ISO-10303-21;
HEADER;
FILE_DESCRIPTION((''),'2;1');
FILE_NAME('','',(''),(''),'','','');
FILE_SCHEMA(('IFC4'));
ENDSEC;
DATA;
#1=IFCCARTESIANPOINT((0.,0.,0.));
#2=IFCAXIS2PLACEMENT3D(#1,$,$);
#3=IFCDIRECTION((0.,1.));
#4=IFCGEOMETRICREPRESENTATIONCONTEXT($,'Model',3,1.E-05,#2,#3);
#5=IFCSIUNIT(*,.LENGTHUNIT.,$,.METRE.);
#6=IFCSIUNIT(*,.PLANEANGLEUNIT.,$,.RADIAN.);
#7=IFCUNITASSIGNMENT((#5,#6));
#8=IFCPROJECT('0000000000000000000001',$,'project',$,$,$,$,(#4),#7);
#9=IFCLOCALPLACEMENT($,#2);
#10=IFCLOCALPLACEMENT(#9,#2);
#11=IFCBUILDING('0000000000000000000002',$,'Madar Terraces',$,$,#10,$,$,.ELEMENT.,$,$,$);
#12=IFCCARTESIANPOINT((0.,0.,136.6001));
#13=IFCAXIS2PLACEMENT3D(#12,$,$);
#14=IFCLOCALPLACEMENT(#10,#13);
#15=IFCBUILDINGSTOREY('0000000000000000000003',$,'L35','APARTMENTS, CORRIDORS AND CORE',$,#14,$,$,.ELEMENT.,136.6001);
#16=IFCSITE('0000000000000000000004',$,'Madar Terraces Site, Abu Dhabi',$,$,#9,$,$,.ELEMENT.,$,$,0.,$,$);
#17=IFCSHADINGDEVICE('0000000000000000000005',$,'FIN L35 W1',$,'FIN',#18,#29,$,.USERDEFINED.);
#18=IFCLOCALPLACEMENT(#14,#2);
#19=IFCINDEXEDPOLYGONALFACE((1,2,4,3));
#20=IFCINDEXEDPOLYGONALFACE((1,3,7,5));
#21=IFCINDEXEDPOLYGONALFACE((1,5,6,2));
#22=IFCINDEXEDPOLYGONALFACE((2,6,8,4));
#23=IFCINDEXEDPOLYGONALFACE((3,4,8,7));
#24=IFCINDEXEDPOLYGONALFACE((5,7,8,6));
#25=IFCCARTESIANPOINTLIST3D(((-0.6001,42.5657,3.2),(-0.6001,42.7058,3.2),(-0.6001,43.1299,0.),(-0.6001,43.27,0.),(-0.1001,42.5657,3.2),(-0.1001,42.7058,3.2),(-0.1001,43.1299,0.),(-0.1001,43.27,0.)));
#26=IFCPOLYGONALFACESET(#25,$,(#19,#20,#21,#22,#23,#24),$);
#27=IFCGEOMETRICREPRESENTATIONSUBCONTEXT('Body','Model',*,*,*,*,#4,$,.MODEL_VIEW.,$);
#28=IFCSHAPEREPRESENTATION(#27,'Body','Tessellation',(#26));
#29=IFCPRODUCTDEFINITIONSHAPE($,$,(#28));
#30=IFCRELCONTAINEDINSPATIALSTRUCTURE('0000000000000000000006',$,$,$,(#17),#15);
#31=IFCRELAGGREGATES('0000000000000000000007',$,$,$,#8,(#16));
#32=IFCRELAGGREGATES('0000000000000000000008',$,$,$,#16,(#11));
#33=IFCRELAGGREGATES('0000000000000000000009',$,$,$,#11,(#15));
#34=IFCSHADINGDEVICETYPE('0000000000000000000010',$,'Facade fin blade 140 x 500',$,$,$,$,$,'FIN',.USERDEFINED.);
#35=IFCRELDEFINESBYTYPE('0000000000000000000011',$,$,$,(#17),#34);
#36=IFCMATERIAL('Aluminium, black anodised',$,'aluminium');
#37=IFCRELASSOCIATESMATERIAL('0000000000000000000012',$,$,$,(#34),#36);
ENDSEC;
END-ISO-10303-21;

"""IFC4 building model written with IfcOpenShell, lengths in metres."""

from ifc_helpers import new_model, si_unit, direction, frame, origin, place, context, subcontext, project, spatial, polyline, outline, extrude, material, type_object, element, save


model = new_model("IFC4")

# Units and contexts
model_context = context("Model", 3, precision=1e-05, world=origin(), true_north=direction((0.0, 1.0)))
body_context = subcontext(model_context, "Body", "Model", "MODEL_VIEW")
ifc_project = project(units=[si_unit("LENGTHUNIT", "METRE"), si_unit("PLANEANGLEUNIT", "RADIAN")], contexts=[model_context])

# Site, building, storey
site_placement = place(None, origin())
site = spatial("IfcSite", under=ifc_project, at=site_placement, Name="Madar Terraces Site, Abu Dhabi", CompositionType="ELEMENT", RefElevation=0.0)
building_placement = place(site_placement, origin())
building = spatial("IfcBuilding", under=site, at=building_placement, Name="Madar Terraces", CompositionType="ELEMENT")
storey_placement = place(building_placement, frame((0.0, 0.0, 136.6001)))
storey = spatial("IfcBuildingStorey", under=building, at=storey_placement, Name="L35", Description="APARTMENTS, CORRIDORS AND CORE", CompositionType="ELEMENT", Elevation=136.6001)

# Shading device
ifc_material_1 = material(Name="Aluminium, black anodised", Category="aluminium")
shading_device_type = type_object("IfcShadingDeviceType", Name="Facade fin blade 140 x 500", ElementType="FIN", PredefinedType="USERDEFINED", material=ifc_material_1)
shading_device_1_placement = place(storey_placement, frame((-0.3501, 43.27, 0.0), z_axis=(0.0, 0.0, 1.0), x_axis=(0.0, -1.0, 0.0)))
element("IfcShadingDevice", 1, at=shading_device_1_placement, inside=storey, type_object=shading_device_type, Name="FIN L35 W1", ObjectType="FIN", PredefinedType="USERDEFINED", context=body_context, shape_type="SweptSolid", body=[
    extrude(outline(polyline([(0.0, 0.0), (0.1401, 0.0), (0.7043, 3.2), (0.5642, 3.2), (0.0, 0.0)])), frame((0.0, 0.25, 0.0), z_axis=(0.0, -1.0, 0.0), x_axis=(1.0, 0.0, 0.0)), (0.0, 0.0, 1.0), 0.5),
])

save(model, "model.ifc")
